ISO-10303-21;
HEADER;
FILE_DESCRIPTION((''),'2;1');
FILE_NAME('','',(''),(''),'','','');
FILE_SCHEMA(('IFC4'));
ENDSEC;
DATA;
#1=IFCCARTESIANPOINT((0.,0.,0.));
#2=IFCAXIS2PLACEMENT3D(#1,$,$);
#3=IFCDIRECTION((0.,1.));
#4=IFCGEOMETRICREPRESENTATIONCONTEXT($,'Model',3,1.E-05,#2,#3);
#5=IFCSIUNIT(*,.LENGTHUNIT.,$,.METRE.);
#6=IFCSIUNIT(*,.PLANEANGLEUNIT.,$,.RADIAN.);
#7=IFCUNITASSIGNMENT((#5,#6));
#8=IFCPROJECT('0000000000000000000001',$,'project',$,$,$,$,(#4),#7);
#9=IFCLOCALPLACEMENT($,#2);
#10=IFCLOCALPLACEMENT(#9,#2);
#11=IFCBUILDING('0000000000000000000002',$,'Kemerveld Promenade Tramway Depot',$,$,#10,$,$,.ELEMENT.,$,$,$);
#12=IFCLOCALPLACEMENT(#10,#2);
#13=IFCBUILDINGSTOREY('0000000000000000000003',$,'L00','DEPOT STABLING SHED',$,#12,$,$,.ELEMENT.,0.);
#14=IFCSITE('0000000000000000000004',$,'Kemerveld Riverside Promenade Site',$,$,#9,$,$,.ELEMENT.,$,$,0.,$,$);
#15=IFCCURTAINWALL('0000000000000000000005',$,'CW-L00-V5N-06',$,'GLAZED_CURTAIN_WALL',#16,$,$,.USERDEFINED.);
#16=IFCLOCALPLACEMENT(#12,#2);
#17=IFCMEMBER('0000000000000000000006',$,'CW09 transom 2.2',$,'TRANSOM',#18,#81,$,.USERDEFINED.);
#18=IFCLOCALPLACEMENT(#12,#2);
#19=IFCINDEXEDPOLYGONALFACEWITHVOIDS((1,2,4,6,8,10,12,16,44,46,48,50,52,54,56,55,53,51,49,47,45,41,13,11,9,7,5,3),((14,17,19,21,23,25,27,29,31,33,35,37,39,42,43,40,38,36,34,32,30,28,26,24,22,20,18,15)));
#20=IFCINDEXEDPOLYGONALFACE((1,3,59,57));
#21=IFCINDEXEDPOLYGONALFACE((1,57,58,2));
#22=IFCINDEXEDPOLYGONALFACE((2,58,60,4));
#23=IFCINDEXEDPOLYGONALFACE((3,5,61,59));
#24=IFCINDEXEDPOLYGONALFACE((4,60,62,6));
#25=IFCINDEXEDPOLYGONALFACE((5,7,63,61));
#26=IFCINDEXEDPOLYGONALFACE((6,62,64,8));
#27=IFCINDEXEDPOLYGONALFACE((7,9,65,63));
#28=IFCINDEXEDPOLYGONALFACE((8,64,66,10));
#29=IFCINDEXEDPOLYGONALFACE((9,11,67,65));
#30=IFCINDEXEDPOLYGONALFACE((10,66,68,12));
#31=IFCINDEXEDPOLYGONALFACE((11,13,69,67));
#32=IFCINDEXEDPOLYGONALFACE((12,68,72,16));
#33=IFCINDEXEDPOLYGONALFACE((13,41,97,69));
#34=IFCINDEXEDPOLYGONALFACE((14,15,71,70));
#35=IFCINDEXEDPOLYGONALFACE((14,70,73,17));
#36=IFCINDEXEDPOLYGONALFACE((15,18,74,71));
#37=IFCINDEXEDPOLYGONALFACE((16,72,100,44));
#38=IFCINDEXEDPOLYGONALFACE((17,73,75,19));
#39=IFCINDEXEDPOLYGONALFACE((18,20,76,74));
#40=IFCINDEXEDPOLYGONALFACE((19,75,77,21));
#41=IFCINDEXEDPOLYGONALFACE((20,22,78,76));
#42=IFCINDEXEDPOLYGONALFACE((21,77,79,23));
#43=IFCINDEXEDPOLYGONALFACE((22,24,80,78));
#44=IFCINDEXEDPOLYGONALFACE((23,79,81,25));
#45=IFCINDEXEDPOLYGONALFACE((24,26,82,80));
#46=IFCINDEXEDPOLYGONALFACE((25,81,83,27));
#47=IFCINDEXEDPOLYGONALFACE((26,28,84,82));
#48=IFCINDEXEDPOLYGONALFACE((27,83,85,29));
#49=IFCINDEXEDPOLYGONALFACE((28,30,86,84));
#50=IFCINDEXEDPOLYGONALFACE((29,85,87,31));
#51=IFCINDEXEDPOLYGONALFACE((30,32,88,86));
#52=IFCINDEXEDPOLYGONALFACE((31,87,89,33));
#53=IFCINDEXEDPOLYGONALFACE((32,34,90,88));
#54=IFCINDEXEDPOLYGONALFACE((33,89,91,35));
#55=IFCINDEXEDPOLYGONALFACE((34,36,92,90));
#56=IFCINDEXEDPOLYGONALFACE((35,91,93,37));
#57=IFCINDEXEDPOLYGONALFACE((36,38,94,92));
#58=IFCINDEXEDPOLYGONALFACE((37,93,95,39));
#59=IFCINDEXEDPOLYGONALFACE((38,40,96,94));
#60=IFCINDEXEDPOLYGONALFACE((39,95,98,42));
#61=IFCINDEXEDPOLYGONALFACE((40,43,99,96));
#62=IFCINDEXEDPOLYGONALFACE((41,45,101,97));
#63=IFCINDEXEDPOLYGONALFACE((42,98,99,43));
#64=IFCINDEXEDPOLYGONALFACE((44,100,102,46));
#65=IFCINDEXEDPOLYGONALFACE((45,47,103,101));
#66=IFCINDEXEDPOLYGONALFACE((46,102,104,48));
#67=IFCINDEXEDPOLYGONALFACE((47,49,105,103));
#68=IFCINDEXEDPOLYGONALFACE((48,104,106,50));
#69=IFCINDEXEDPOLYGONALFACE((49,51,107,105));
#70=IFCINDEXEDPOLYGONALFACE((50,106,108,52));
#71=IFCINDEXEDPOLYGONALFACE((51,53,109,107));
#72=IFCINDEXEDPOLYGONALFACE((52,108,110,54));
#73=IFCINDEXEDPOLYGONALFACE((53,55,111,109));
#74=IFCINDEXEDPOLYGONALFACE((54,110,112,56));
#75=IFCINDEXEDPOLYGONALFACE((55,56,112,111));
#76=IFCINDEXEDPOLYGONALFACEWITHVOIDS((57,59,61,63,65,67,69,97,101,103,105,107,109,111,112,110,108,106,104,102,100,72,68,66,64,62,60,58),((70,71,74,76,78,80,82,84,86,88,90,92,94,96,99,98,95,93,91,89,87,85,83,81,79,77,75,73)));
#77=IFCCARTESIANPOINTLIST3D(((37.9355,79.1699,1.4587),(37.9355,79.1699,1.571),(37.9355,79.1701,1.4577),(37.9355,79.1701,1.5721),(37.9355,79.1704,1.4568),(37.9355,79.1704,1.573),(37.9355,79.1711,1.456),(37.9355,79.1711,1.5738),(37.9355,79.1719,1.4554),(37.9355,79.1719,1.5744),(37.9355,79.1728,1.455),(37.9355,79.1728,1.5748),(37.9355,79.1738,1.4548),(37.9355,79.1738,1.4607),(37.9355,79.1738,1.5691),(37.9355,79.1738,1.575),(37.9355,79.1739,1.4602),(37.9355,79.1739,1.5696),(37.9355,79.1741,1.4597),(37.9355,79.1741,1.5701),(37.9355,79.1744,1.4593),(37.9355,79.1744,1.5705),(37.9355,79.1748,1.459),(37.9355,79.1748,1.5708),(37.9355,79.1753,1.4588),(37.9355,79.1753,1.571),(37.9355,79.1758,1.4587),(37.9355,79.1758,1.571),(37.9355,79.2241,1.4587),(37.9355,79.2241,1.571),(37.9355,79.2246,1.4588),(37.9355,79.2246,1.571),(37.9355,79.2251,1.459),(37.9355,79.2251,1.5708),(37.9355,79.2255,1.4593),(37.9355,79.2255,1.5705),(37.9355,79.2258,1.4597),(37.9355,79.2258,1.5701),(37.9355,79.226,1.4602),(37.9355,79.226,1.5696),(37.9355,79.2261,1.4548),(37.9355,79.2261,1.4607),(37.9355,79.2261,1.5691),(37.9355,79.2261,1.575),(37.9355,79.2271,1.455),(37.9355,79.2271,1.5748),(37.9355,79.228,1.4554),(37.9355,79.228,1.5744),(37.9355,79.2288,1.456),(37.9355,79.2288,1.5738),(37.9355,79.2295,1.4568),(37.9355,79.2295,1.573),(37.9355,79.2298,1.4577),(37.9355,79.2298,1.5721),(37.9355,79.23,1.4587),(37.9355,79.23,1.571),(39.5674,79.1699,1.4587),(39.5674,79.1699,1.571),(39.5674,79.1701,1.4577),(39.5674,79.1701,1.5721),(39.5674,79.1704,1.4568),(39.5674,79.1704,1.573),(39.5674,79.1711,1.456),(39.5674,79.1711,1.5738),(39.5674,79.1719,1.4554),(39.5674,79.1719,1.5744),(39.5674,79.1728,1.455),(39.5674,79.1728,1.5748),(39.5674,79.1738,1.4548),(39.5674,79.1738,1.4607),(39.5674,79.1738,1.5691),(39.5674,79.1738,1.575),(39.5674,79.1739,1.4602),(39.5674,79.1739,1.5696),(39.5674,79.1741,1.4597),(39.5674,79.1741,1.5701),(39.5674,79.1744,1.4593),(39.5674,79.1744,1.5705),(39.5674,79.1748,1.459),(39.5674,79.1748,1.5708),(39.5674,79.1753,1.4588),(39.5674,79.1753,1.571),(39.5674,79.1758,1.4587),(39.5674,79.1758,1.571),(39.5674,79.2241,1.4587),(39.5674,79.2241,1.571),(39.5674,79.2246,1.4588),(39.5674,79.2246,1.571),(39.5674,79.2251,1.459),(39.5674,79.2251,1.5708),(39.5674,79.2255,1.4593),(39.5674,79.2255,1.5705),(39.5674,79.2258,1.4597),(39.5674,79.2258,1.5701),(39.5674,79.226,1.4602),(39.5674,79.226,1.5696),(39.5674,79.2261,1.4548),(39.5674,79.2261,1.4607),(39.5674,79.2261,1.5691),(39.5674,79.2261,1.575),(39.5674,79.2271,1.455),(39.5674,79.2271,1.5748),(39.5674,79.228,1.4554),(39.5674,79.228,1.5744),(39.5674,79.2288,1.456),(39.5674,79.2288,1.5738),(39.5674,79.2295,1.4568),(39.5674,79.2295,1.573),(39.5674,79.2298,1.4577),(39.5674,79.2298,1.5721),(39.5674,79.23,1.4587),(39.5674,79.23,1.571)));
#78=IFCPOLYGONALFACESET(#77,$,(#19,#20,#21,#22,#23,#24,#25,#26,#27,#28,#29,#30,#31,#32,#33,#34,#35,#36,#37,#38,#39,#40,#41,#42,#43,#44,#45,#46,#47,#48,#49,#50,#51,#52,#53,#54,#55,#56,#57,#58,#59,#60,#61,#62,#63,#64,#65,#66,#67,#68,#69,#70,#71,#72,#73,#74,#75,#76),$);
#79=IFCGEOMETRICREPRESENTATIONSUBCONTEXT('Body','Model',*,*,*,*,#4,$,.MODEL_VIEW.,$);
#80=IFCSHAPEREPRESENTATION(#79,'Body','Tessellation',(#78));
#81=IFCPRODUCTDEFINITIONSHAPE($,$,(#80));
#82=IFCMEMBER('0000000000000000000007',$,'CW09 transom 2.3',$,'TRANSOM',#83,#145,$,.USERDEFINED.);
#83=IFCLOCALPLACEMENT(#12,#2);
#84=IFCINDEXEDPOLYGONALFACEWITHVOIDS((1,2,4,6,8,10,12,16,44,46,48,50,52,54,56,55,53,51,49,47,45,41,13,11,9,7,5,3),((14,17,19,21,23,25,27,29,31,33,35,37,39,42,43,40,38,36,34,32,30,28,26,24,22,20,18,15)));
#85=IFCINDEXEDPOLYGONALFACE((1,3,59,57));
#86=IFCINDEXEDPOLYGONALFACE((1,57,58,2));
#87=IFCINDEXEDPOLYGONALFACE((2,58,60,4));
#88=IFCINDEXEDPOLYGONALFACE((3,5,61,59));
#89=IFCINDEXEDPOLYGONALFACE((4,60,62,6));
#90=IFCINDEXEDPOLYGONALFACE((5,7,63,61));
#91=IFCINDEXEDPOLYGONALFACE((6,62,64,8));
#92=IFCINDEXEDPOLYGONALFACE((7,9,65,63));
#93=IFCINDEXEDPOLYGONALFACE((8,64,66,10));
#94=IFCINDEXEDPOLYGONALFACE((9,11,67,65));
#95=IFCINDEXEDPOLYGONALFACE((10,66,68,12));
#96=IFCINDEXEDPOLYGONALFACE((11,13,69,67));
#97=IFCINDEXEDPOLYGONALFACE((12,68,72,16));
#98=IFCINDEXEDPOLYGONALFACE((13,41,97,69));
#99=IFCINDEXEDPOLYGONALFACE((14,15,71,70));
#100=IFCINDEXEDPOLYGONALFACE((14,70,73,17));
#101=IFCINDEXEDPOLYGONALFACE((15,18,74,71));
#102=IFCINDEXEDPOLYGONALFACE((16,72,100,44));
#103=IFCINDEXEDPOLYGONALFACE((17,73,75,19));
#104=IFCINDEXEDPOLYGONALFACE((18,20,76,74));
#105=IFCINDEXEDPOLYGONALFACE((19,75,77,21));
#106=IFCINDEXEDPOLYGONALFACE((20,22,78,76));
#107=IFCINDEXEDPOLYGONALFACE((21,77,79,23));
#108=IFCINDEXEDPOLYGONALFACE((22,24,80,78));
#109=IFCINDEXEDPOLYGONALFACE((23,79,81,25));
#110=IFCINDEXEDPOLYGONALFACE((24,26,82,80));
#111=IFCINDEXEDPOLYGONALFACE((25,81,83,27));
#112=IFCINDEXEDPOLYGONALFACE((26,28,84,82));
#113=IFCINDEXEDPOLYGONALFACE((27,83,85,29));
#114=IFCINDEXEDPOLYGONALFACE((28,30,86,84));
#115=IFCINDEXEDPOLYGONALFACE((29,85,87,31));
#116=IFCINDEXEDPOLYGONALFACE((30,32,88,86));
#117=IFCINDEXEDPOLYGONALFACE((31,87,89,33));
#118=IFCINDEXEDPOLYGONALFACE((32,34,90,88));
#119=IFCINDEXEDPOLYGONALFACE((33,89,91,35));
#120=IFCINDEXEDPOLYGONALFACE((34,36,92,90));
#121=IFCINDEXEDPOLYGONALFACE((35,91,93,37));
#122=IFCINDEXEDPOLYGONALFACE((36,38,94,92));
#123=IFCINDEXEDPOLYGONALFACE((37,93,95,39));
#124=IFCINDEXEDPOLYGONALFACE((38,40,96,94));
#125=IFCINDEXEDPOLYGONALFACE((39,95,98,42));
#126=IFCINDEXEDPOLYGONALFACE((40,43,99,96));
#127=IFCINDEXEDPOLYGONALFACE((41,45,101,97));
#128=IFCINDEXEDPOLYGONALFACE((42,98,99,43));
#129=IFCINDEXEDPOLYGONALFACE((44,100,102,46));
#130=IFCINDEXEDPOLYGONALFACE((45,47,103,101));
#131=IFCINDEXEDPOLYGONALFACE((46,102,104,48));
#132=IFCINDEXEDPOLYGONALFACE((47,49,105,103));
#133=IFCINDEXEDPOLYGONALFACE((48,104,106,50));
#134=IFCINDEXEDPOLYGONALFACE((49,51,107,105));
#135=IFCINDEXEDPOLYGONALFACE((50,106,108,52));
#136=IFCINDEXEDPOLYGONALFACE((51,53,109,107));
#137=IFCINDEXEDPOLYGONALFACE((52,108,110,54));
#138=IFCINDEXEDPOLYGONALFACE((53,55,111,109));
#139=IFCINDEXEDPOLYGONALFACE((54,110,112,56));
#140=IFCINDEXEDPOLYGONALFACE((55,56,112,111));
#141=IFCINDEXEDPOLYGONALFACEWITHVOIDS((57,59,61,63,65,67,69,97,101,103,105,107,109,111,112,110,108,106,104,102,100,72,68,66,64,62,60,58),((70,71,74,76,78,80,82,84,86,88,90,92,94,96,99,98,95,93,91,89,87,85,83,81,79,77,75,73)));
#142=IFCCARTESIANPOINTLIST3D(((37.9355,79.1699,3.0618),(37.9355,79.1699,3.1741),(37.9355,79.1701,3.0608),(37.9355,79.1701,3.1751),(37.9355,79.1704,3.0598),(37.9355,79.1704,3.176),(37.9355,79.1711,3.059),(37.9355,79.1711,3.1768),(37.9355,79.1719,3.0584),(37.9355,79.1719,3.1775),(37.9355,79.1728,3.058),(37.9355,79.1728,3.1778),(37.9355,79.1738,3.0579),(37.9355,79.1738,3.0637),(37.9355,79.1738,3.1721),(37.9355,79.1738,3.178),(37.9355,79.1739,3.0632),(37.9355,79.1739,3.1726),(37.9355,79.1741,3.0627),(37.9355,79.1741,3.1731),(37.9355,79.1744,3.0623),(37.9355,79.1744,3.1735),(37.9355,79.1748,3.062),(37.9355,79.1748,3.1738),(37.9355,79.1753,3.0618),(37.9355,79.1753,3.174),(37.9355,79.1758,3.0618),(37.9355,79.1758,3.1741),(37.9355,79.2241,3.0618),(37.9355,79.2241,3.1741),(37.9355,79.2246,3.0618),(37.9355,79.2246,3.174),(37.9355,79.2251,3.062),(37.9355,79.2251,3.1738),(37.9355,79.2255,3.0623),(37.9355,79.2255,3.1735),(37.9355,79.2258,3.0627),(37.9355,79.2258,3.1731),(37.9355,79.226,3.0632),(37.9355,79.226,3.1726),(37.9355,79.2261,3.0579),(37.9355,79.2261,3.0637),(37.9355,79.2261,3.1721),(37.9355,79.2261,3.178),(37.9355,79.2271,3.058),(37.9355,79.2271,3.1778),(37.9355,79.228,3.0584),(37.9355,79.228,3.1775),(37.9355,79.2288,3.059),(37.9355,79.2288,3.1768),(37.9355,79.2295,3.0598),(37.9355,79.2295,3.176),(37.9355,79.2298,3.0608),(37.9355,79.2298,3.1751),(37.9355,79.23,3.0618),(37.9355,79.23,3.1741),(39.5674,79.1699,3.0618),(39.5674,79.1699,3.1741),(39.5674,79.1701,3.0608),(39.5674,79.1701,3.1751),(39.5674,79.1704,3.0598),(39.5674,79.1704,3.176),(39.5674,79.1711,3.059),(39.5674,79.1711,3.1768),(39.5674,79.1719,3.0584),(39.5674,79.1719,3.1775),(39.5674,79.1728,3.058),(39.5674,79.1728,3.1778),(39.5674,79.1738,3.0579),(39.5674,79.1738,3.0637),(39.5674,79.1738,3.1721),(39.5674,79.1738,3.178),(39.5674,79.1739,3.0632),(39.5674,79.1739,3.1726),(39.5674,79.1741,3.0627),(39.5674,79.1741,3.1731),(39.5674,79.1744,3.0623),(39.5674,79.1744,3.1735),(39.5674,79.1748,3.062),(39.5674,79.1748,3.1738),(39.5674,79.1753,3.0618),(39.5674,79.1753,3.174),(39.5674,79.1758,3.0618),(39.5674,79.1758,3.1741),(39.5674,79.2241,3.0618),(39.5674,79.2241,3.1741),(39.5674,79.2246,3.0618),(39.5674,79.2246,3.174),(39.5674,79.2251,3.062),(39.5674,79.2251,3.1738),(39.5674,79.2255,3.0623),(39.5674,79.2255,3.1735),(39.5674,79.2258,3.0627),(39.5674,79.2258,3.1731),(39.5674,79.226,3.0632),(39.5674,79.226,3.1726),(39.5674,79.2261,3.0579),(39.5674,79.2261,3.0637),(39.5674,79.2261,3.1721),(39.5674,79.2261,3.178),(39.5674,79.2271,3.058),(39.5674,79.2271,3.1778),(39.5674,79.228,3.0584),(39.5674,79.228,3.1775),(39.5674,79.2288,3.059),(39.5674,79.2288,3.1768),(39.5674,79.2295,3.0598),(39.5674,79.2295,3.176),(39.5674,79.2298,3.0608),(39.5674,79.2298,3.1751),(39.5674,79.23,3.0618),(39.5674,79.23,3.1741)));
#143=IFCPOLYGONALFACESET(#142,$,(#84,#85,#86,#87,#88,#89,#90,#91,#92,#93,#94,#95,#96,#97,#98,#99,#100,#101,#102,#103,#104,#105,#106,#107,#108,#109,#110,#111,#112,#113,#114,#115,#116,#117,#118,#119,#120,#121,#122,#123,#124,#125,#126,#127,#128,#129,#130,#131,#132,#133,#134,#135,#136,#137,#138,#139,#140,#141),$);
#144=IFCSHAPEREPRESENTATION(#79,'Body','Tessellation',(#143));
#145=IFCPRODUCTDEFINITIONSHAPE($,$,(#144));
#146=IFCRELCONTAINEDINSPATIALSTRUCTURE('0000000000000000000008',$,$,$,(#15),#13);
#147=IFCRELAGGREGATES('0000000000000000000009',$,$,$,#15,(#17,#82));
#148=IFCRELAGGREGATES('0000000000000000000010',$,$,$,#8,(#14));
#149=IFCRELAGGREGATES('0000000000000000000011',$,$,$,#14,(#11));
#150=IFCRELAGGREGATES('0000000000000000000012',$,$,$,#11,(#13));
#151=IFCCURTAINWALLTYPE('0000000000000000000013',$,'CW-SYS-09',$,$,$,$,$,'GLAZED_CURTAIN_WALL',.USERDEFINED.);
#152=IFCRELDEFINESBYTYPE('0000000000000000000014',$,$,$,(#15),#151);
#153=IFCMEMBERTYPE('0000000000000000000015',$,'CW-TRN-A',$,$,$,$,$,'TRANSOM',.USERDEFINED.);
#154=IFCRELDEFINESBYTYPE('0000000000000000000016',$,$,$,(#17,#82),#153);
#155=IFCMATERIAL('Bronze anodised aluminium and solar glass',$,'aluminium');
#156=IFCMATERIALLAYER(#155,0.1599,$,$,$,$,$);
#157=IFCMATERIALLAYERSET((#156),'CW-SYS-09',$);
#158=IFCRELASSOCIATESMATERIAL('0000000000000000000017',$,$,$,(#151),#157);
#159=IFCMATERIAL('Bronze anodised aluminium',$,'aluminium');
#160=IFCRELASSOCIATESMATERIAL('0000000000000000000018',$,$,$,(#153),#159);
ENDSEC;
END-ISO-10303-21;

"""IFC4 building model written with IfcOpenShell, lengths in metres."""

from ifc_helpers import new_model, si_unit, direction, frame, origin, origin_2d, place, context, subcontext, project, spatial, hollow_rectangle, extrude, material, layer, layer_set, material_profile, profile_set, type_object, element, aggregate, save


model = new_model("IFC4")

# Units and contexts
model_context = context("Model", 3, precision=1e-05, world=origin(), true_north=direction((0.0, 1.0)))
body_context = subcontext(model_context, "Body", "Model", "MODEL_VIEW")
ifc_project = project(units=[si_unit("LENGTHUNIT", "METRE"), si_unit("PLANEANGLEUNIT", "RADIAN")], contexts=[model_context])

# Site, building, storey
site_placement = place(None, origin())
site = spatial("IfcSite", under=ifc_project, at=site_placement, Name="Kemerveld Riverside Promenade Site", CompositionType="ELEMENT", RefElevation=0.0)
building_placement = place(site_placement, origin())
building = spatial("IfcBuilding", under=site, at=building_placement, Name="Kemerveld Promenade Tramway Depot", CompositionType="ELEMENT")
storey_placement = place(building_placement, origin())
storey = spatial("IfcBuildingStorey", under=building, at=storey_placement, Name="L00", Description="DEPOT STABLING SHED", CompositionType="ELEMENT", Elevation=0.0)

# Curtain wall, members
ifc_material_1 = material(Name="Bronze anodised aluminium and solar glass", Category="aluminium")
ifc_layer_1 = layer(ifc_material_1, 0.1599)
ifc_layer_set_1 = layer_set([ifc_layer_1], Name="CW-SYS-09")
curtain_wall_type = type_object("IfcCurtainWallType", Name="CW-SYS-09", ElementType="GLAZED_CURTAIN_WALL", PredefinedType="USERDEFINED", material=ifc_layer_set_1)
curtain_wall_placement = place(storey_placement, origin())
curtain_wall = element("IfcCurtainWall", 1, at=curtain_wall_placement, inside=storey, type_object=curtain_wall_type, Name="CW-L00-V5N-06", ObjectType="GLAZED_CURTAIN_WALL", PredefinedType="USERDEFINED")
ifc_material_2 = material(Name="Bronze anodised aluminium", Category="aluminium")
ifc_material_profile_1 = material_profile(ifc_material_2, hollow_rectangle(XDim=0.0601, YDim=0.1201, WallThickness=0.0039, InnerFilletRadius=0.002, OuterFilletRadius=0.0039, at=origin_2d()), Name="CW-TRN-120x60")
ifc_profile_set_1 = profile_set([ifc_material_profile_1], Name="Bronze anodised aluminium")
member_type_1 = type_object("IfcMemberType", Name="CW-TRN-A", ElementType="TRANSOM", PredefinedType="USERDEFINED", material=ifc_profile_set_1)
member_1_placement = place(storey_placement, frame((37.9355, 79.2, 1.5149), z_axis=(1.0, 0.0, 0.0), x_axis=(0.0, 1.0, 0.0)))
member_1 = element("IfcMember", 2, at=member_1_placement, type_object=member_type_1, Name="CW09 transom 2.2", ObjectType="TRANSOM", PredefinedType="USERDEFINED", context=body_context, shape_type="SweptSolid", body=[
    extrude(hollow_rectangle(XDim=0.0601, YDim=0.1201, WallThickness=0.0039, InnerFilletRadius=0.002, OuterFilletRadius=0.0039, at=origin_2d()), origin(), (0.0, 0.0, 1.0), 1.6318),
])
member_2_placement = place(storey_placement, frame((37.9355, 79.2, 3.1179), z_axis=(1.0, 0.0, 0.0), x_axis=(0.0, 1.0, 0.0)))
member_2 = element("IfcMember", 3, at=member_2_placement, type_object=member_type_1, Name="CW09 transom 2.3", ObjectType="TRANSOM", PredefinedType="USERDEFINED", context=body_context, shape_type="SweptSolid", body=[
    extrude(hollow_rectangle(XDim=0.0601, YDim=0.1201, WallThickness=0.0039, InnerFilletRadius=0.002, OuterFilletRadius=0.0039, at=origin_2d()), origin(), (0.0, 0.0, 1.0), 1.6318),
])
aggregate(curtain_wall, [member_1, member_2])

save(model, "model.ifc")
